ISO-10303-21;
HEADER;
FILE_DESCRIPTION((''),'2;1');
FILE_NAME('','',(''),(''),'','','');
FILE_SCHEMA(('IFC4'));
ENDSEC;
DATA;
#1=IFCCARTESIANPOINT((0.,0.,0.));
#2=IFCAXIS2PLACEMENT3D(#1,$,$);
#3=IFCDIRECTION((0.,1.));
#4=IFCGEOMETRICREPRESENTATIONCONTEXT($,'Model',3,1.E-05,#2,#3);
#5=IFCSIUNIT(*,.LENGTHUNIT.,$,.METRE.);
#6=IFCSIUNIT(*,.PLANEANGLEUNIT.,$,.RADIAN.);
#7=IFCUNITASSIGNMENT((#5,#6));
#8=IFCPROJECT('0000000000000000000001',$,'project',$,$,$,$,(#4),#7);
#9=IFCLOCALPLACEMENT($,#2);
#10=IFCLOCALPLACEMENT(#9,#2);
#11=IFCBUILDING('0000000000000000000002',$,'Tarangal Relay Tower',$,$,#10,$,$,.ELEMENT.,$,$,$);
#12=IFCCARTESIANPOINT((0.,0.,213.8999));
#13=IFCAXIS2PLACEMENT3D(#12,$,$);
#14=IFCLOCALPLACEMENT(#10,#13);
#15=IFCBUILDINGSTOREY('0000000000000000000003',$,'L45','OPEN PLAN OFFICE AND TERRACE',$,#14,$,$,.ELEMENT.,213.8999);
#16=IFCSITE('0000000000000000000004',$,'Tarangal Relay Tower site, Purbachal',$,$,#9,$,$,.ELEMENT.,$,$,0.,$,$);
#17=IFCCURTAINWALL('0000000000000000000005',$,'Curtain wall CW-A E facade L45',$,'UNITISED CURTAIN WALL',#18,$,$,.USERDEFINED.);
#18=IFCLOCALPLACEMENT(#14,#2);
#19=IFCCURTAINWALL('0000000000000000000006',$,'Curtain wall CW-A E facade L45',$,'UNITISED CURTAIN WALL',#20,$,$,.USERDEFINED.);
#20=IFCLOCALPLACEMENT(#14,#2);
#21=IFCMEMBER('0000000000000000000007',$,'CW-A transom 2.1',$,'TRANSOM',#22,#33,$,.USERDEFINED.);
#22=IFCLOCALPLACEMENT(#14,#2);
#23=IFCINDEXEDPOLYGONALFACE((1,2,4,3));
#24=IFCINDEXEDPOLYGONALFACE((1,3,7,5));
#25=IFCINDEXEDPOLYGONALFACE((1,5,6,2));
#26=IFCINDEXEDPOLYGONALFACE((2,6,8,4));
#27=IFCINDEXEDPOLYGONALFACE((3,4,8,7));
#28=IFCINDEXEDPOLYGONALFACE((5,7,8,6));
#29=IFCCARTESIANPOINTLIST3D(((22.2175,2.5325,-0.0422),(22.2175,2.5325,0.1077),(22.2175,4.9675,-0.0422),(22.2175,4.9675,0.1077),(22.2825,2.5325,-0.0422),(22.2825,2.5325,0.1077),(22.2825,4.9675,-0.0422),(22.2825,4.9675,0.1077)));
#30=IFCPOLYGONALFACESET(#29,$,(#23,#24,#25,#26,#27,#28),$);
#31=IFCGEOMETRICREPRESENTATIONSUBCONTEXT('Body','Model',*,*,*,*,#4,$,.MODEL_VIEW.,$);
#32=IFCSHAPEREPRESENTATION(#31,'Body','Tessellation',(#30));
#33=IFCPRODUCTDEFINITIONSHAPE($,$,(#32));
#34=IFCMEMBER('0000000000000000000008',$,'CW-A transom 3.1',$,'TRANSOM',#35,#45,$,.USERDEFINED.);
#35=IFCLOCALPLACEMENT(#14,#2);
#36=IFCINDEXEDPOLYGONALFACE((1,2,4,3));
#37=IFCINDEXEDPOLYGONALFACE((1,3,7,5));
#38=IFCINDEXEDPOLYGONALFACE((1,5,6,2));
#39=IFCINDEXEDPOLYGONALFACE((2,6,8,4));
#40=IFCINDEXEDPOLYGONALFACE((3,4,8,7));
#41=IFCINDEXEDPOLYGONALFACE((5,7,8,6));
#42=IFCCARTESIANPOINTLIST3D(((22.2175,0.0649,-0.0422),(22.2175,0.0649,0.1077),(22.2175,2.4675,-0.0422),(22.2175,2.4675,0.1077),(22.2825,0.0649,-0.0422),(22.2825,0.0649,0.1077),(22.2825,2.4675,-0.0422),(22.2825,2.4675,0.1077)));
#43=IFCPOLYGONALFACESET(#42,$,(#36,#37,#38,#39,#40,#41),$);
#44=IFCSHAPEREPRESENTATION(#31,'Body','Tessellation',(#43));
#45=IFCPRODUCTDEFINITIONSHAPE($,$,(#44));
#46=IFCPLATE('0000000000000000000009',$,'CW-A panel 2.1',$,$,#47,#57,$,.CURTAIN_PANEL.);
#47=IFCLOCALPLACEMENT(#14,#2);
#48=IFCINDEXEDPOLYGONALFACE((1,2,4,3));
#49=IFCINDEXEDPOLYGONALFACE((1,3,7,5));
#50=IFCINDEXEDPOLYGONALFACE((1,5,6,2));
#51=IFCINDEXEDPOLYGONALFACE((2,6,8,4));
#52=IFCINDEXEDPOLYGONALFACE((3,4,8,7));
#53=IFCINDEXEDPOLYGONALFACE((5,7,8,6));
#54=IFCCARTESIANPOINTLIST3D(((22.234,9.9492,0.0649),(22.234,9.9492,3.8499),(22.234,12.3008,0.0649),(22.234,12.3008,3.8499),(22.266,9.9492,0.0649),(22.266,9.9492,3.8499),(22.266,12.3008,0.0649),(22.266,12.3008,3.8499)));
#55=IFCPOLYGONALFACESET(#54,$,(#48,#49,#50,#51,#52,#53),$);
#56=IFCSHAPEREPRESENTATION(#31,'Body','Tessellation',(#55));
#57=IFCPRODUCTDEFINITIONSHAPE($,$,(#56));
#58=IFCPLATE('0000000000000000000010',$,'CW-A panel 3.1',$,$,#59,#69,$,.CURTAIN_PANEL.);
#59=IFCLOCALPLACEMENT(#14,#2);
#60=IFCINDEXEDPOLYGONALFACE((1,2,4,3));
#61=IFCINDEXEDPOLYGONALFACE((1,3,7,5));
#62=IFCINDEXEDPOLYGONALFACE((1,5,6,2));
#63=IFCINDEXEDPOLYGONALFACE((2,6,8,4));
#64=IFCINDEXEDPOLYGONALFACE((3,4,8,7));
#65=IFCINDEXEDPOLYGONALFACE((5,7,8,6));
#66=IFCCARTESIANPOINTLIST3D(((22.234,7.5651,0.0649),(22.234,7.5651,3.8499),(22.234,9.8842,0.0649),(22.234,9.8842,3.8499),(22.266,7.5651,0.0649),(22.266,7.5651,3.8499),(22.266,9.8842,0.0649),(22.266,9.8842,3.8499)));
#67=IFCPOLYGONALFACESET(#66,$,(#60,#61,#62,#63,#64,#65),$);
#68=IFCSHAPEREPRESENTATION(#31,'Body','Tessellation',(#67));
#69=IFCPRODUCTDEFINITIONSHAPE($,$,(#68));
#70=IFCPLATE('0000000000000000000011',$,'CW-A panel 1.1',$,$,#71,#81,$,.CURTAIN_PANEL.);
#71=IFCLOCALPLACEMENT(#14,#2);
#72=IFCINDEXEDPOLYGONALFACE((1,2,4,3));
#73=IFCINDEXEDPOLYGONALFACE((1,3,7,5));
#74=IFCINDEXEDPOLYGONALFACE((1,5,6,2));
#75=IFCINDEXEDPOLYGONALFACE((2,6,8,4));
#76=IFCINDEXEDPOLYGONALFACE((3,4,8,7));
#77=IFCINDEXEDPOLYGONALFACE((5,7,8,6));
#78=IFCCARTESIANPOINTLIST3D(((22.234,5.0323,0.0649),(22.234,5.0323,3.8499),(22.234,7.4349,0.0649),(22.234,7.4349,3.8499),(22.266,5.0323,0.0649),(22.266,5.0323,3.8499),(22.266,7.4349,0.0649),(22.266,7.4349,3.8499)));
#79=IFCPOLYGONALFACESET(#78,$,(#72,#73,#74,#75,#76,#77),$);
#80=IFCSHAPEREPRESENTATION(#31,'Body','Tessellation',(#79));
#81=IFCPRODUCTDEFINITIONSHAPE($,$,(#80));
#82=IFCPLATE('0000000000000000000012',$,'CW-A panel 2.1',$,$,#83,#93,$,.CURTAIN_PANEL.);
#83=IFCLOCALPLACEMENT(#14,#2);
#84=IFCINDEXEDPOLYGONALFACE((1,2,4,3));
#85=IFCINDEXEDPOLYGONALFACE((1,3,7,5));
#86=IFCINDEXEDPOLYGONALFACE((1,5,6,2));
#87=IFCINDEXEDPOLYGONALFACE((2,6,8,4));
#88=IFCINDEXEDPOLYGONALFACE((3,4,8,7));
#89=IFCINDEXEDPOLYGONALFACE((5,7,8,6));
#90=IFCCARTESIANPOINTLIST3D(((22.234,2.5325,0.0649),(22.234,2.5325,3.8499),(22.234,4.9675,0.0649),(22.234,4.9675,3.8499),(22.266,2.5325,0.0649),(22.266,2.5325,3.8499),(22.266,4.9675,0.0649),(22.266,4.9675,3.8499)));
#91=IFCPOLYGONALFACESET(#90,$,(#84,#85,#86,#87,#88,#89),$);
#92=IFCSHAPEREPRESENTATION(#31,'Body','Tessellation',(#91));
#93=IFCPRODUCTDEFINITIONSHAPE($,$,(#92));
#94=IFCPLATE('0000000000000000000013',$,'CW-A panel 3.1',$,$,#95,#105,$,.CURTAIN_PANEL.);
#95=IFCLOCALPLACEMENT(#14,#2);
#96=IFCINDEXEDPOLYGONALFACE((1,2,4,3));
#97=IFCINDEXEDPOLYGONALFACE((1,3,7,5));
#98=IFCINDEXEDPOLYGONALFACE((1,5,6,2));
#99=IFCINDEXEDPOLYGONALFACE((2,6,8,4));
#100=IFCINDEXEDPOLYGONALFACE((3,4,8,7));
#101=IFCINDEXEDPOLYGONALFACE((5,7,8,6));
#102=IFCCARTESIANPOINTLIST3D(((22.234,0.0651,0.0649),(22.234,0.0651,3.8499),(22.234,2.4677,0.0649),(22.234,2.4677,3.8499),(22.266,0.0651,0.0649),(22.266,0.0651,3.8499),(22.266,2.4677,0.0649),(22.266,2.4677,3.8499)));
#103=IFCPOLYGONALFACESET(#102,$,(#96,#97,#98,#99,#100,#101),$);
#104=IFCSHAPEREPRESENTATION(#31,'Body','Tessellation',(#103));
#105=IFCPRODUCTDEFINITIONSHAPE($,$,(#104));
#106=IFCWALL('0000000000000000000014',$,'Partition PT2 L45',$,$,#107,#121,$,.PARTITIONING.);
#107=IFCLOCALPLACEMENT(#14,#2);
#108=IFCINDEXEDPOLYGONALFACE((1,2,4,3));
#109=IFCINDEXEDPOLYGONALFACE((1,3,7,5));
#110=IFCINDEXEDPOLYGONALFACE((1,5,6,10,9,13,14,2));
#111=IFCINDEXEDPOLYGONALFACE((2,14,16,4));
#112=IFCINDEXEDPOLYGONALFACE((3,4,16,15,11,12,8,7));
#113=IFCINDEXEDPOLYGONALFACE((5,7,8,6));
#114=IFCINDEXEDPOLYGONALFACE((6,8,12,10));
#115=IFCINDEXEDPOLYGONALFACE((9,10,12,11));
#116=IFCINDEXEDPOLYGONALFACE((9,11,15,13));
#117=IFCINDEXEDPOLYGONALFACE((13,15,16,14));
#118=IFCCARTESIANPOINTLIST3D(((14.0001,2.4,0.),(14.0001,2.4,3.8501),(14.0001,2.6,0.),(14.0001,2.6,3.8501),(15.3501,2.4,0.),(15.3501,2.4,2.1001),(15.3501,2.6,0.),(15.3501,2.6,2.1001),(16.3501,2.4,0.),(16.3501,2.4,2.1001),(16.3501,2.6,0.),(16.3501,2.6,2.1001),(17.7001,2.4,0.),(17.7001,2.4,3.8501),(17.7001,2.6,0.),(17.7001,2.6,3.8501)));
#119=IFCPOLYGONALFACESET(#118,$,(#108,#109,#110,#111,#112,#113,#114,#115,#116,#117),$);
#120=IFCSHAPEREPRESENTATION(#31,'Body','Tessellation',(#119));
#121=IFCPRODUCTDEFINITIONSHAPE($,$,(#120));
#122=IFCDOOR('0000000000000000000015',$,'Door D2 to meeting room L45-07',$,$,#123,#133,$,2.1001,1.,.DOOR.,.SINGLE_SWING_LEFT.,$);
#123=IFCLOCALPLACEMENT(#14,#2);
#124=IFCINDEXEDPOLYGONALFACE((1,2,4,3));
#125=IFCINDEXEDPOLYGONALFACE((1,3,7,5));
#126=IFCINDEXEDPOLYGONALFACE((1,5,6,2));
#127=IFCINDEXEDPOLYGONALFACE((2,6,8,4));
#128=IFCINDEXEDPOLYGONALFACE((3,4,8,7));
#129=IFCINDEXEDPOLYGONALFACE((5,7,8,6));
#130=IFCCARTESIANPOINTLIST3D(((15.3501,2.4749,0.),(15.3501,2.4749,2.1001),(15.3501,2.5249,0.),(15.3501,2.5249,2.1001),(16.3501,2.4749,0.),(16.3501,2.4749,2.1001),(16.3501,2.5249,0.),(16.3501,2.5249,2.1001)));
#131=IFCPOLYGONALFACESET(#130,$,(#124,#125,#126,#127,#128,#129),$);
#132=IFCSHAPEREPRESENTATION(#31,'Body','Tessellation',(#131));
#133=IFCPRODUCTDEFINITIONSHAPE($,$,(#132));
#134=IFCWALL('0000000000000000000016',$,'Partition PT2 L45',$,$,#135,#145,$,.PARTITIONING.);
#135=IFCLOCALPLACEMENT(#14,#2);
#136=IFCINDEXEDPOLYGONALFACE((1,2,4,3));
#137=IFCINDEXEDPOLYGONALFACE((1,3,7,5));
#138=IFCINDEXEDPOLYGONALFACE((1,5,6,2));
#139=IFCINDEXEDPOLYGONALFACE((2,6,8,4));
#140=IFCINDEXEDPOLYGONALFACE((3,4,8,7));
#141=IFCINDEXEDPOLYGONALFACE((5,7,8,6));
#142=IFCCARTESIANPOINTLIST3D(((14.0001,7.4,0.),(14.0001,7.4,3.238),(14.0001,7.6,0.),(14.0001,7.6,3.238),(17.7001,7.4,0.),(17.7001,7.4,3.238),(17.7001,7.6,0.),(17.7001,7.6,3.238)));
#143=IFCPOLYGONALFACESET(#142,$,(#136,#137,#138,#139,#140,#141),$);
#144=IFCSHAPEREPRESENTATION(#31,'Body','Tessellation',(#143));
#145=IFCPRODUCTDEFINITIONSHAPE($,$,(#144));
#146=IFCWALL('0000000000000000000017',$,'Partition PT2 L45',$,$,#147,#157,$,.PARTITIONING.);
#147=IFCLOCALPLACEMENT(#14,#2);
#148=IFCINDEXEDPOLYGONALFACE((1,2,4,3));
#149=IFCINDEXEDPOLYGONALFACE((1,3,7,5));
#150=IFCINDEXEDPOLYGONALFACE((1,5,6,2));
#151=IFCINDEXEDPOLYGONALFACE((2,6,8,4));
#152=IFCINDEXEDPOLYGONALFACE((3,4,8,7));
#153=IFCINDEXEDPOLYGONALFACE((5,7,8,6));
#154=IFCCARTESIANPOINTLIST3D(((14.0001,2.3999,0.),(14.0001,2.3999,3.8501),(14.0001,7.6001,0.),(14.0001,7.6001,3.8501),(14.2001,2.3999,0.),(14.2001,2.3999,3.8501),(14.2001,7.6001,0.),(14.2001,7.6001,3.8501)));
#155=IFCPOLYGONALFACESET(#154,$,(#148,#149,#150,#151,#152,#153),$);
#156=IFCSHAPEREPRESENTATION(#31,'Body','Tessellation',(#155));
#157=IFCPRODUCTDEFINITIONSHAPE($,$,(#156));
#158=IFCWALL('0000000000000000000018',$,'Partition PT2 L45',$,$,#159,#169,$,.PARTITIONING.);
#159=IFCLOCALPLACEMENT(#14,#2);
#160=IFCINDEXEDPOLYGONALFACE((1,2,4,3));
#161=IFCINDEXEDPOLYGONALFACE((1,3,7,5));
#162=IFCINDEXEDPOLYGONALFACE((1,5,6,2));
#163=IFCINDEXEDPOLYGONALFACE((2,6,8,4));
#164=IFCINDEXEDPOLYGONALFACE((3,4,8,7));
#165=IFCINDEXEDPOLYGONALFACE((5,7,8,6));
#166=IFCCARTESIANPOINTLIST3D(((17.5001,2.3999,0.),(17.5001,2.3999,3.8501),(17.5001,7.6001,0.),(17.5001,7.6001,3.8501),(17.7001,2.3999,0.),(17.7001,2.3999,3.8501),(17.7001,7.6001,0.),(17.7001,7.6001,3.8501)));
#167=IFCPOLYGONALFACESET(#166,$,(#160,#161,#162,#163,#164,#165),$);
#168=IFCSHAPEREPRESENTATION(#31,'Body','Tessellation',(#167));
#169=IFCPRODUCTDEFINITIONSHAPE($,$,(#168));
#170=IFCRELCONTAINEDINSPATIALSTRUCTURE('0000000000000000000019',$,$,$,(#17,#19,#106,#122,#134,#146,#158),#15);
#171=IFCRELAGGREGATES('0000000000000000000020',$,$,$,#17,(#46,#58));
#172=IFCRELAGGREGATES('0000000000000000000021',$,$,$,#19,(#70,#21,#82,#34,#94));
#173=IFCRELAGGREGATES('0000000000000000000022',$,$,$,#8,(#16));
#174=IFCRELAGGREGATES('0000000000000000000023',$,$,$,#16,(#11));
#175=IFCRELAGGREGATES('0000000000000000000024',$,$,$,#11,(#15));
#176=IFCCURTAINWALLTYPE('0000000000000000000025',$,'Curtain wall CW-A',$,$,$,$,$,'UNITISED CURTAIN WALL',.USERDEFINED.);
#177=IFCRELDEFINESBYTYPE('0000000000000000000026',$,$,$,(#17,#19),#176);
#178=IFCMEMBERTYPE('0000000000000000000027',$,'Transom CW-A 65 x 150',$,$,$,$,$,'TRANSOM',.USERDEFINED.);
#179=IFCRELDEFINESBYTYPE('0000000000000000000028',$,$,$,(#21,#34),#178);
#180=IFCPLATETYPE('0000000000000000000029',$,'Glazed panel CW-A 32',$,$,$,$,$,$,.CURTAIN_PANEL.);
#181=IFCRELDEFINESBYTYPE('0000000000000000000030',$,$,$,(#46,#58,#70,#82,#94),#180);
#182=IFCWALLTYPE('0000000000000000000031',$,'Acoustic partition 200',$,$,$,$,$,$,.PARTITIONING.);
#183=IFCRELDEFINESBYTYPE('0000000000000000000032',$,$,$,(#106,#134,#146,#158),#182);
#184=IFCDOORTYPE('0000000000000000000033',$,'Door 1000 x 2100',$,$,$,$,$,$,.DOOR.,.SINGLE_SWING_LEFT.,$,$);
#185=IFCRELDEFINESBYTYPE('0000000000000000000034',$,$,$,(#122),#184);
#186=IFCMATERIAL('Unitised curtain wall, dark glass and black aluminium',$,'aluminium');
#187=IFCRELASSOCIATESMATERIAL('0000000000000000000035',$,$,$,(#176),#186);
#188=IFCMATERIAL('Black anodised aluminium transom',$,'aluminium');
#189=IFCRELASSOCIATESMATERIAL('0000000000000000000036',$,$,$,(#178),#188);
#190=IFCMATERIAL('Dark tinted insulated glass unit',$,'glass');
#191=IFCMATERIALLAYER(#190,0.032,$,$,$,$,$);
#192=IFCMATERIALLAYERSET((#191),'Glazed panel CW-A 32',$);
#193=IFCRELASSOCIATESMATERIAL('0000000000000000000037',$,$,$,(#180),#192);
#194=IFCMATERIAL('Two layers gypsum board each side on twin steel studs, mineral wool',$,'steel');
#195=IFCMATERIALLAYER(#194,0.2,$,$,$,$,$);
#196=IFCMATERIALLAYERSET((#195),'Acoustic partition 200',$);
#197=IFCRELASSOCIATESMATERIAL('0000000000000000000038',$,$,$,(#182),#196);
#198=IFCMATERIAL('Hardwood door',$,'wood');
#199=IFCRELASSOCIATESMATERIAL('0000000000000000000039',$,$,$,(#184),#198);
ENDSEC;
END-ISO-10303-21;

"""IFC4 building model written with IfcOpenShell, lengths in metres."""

from ifc_helpers import new_model, si_unit, direction, frame, frame_2d, origin, origin_2d, place, context, subcontext, project, spatial, rectangle, extrude, material, layer, layer_set, material_profile, profile_set, type_object, element, fill, aggregate, save


model = new_model("IFC4")

# Units and contexts
model_context = context("Model", 3, precision=1e-05, world=origin(), true_north=direction((0.0, 1.0)))
body_context = subcontext(model_context, "Body", "Model", "MODEL_VIEW")
ifc_project = project(units=[si_unit("LENGTHUNIT", "METRE"), si_unit("PLANEANGLEUNIT", "RADIAN")], contexts=[model_context])

# Site, building, storey
site_placement = place(None, origin())
site = spatial("IfcSite", under=ifc_project, at=site_placement, Name="Tarangal Relay Tower site, Purbachal", CompositionType="ELEMENT", RefElevation=0.0)
building_placement = place(site_placement, origin())
building = spatial("IfcBuilding", under=site, at=building_placement, Name="Tarangal Relay Tower", CompositionType="ELEMENT")
storey_placement = place(building_placement, frame((0.0, 0.0, 213.8999)))
storey = spatial("IfcBuildingStorey", under=building, at=storey_placement, Name="L45", Description="OPEN PLAN OFFICE AND TERRACE", CompositionType="ELEMENT", Elevation=213.8999)

# Curtain walls
ifc_material_1 = material(Name="Unitised curtain wall, dark glass and black aluminium", Category="aluminium")
curtain_wall_type = type_object("IfcCurtainWallType", Name="Curtain wall CW-A", ElementType="UNITISED CURTAIN WALL", PredefinedType="USERDEFINED", material=ifc_material_1)
curtain_wall_1_placement = place(storey_placement, origin())
curtain_wall_1 = element("IfcCurtainWall", 1, at=curtain_wall_1_placement, inside=storey, type_object=curtain_wall_type, Name="Curtain wall CW-A E facade L45", ObjectType="UNITISED CURTAIN WALL", PredefinedType="USERDEFINED")
curtain_wall_2_placement = place(storey_placement, origin())
curtain_wall_2 = element("IfcCurtainWall", 2, at=curtain_wall_2_placement, inside=storey, type_object=curtain_wall_type, Name="Curtain wall CW-A E facade L45", ObjectType="UNITISED CURTAIN WALL", PredefinedType="USERDEFINED")

# Members
ifc_material_2 = material(Name="Black anodised aluminium transom", Category="aluminium")
ifc_material_profile_1 = material_profile(ifc_material_2, rectangle(XDim=0.0649, YDim=0.1499, at=origin_2d()), Name="CW-AT 65X150")
ifc_profile_set_1 = profile_set([ifc_material_profile_1], Name="Black anodised aluminium transom")
member_type_1 = type_object("IfcMemberType", Name="Transom CW-A 65 x 150", ElementType="TRANSOM", PredefinedType="USERDEFINED", material=ifc_profile_set_1)
member_1_placement = place(storey_placement, frame((22.25, 4.9675, 0.0327), z_axis=(0.0, -1.0, 0.0), x_axis=(1.0, 0.0, 0.0)))
member_1 = element("IfcMember", 3, at=member_1_placement, type_object=member_type_1, Name="CW-A transom 2.1", ObjectType="TRANSOM", PredefinedType="USERDEFINED", context=body_context, shape_type="SweptSolid", body=[
    extrude(rectangle(XDim=0.0649, YDim=0.1499, at=origin_2d()), origin(), (0.0, 0.0, 1.0), 2.4351),
])
member_2_placement = place(storey_placement, frame((22.25, 2.4675, 0.0327), z_axis=(0.0, -1.0, 0.0), x_axis=(1.0, 0.0, 0.0)))
member_2 = element("IfcMember", 4, at=member_2_placement, type_object=member_type_1, Name="CW-A transom 3.1", ObjectType="TRANSOM", PredefinedType="USERDEFINED", context=body_context, shape_type="SweptSolid", body=[
    extrude(rectangle(XDim=0.0649, YDim=0.1499, at=origin_2d()), origin(), (0.0, 0.0, 1.0), 2.4026),
])

# Plates
ifc_material_3 = material(Name="Dark tinted insulated glass unit", Category="glass")
ifc_layer_1 = layer(ifc_material_3, 0.032)
ifc_layer_set_1 = layer_set([ifc_layer_1], Name="Glazed panel CW-A 32")
plate_type = type_object("IfcPlateType", Name="Glazed panel CW-A 32", PredefinedType="CURTAIN_PANEL", material=ifc_layer_set_1)
plate_1_placement = place(storey_placement, frame((22.25, 11.125, 0.0649), z_axis=(0.0, 0.0, 1.0), x_axis=(0.0, -1.0, 0.0)))
plate_1 = element("IfcPlate", 5, at=plate_1_placement, type_object=plate_type, Name="CW-A panel 2.1", PredefinedType="CURTAIN_PANEL", context=body_context, shape_type="SweptSolid", body=[
    extrude(rectangle(XDim=2.3516, YDim=0.032, at=origin_2d()), origin(), (0.0, 0.0, 1.0), 3.7849),
])
plate_2_placement = place(storey_placement, frame((22.25, 8.7246, 0.0649), z_axis=(0.0, 0.0, 1.0), x_axis=(0.0, -1.0, 0.0)))
plate_2 = element("IfcPlate", 6, at=plate_2_placement, type_object=plate_type, Name="CW-A panel 3.1", PredefinedType="CURTAIN_PANEL", context=body_context, shape_type="SweptSolid", body=[
    extrude(rectangle(XDim=2.3191, YDim=0.032, at=origin_2d()), origin(), (0.0, 0.0, 1.0), 3.7849),
])
aggregate(curtain_wall_1, [plate_1, plate_2])
plate_3_placement = place(storey_placement, frame((22.25, 6.2336, 0.0649), z_axis=(0.0, 0.0, 1.0), x_axis=(0.0, -1.0, 0.0)))
plate_3 = element("IfcPlate", 7, at=plate_3_placement, type_object=plate_type, Name="CW-A panel 1.1", PredefinedType="CURTAIN_PANEL", context=body_context, shape_type="SweptSolid", body=[
    extrude(rectangle(XDim=2.4026, YDim=0.032, at=origin_2d()), origin(), (0.0, 0.0, 1.0), 3.7849),
])
plate_4_placement = place(storey_placement, frame((22.25, 3.75, 0.0649), z_axis=(0.0, 0.0, 1.0), x_axis=(0.0, -1.0, 0.0)))
plate_4 = element("IfcPlate", 8, at=plate_4_placement, type_object=plate_type, Name="CW-A panel 2.1", PredefinedType="CURTAIN_PANEL", context=body_context, shape_type="SweptSolid", body=[
    extrude(rectangle(XDim=2.4351, YDim=0.032, at=origin_2d()), origin(), (0.0, 0.0, 1.0), 3.7849),
])
plate_5_placement = place(storey_placement, frame((22.25, 1.2664, 0.0649), z_axis=(0.0, 0.0, 1.0), x_axis=(0.0, -1.0, 0.0)))
plate_5 = element("IfcPlate", 9, at=plate_5_placement, type_object=plate_type, Name="CW-A panel 3.1", PredefinedType="CURTAIN_PANEL", context=body_context, shape_type="SweptSolid", body=[
    extrude(rectangle(XDim=2.4026, YDim=0.032, at=origin_2d()), origin(), (0.0, 0.0, 1.0), 3.7849),
])
aggregate(curtain_wall_2, [plate_3, member_1, plate_4, member_2, plate_5])

# Wall, opening, door
ifc_material_4 = material(Name="Two layers gypsum board each side on twin steel studs, mineral wool", Category="steel")
ifc_layer_2 = layer(ifc_material_4, 0.2)
ifc_layer_set_2 = layer_set([ifc_layer_2], Name="Acoustic partition 200")
wall_type_1 = type_object("IfcWallType", Name="Acoustic partition 200", PredefinedType="PARTITIONING", material=ifc_layer_set_2)
wall_1_placement = place(storey_placement, frame((14.0, 2.5, 0.0), z_axis=(0.0, 0.0, 1.0), x_axis=(1.0, 0.0, 0.0)))
wall_1 = element("IfcWall", 10, at=wall_1_placement, inside=storey, type_object=wall_type_1, Name="Partition PT2 L45", PredefinedType="PARTITIONING", context=body_context, shape_type="SweptSolid", body=[
    extrude(rectangle(XDim=3.7, YDim=0.2, at=frame_2d((1.8501, 0.0))), origin(), (0.0, 0.0, 1.0), 3.8501),
])
opening_1_placement = place(wall_1_placement, frame((1.3501, 0.0, 0.0)))
opening_1 = element("IfcOpeningElement", 11, at=opening_1_placement, cuts=wall_1, PredefinedType="OPENING", context=body_context, shape_type="SweptSolid", body=[
    extrude(rectangle(XDim=1.0, YDim=2.1001, at=frame_2d((0.5, 1.05))), frame((0.0, 0.1099, 0.0), z_axis=(0.0, -1.0, 0.0), x_axis=(1.0, 0.0, 0.0)), (0.0, 0.0, 1.0), 0.22),
])
ifc_material_5 = material(Name="Hardwood door", Category="wood")
door_type = type_object("IfcDoorType", Name="Door 1000 x 2100", OperationType="SINGLE_SWING_LEFT", PredefinedType="DOOR", material=ifc_material_5)
door_1_placement = place(opening_1_placement, origin())
door_1 = element("IfcDoor", 12, at=door_1_placement, inside=storey, type_object=door_type, Name="Door D2 to meeting room L45-07", OperationType="SINGLE_SWING_LEFT", OverallHeight=2.1001, OverallWidth=1.0, PredefinedType="DOOR", context=body_context, shape_type="SweptSolid", body=[
    extrude(rectangle(XDim=1.0, YDim=2.1001, at=frame_2d((0.5, 1.05))), frame((0.0, 0.0249, 0.0), z_axis=(0.0, -1.0, 0.0), x_axis=(1.0, 0.0, 0.0)), (0.0, 0.0, 1.0), 0.05),
])
fill(opening_1, door_1)

# Walls
wall_2_placement = place(storey_placement, frame((14.0, 7.5, 0.0), z_axis=(0.0, 0.0, 1.0), x_axis=(1.0, 0.0, 0.0)))
element("IfcWall", 13, at=wall_2_placement, inside=storey, type_object=wall_type_1, Name="Partition PT2 L45", PredefinedType="PARTITIONING", context=body_context, shape_type="SweptSolid", body=[
    extrude(rectangle(XDim=3.7, YDim=0.2, at=frame_2d((1.8501, 0.0))), origin(), (0.0, 0.0, 1.0), 3.238),
])
for number, where, z_axis, x_axis, name in (
    (14, (14.1001, 2.3999, 0.0), (0.0, 0.0, 1.0), (0.0, 1.0, 0.0), "Partition PT2 L45"),
    (15, (17.6001, 2.3999, 0.0), (0.0, 0.0, 1.0), (0.0, 1.0, 0.0), "Partition PT2 L45"),
):
    element("IfcWall", number, at=place(storey_placement, frame(where, z_axis=z_axis, x_axis=x_axis)), inside=storey, type_object=wall_type_1, Name=name, PredefinedType="PARTITIONING", context=body_context, shape_type="SweptSolid", body=[
        extrude(rectangle(XDim=5.2002, YDim=0.2, at=frame_2d((2.6001, 0.0))), origin(), (0.0, 0.0, 1.0), 3.8501),
    ])

save(model, "model.ifc")
